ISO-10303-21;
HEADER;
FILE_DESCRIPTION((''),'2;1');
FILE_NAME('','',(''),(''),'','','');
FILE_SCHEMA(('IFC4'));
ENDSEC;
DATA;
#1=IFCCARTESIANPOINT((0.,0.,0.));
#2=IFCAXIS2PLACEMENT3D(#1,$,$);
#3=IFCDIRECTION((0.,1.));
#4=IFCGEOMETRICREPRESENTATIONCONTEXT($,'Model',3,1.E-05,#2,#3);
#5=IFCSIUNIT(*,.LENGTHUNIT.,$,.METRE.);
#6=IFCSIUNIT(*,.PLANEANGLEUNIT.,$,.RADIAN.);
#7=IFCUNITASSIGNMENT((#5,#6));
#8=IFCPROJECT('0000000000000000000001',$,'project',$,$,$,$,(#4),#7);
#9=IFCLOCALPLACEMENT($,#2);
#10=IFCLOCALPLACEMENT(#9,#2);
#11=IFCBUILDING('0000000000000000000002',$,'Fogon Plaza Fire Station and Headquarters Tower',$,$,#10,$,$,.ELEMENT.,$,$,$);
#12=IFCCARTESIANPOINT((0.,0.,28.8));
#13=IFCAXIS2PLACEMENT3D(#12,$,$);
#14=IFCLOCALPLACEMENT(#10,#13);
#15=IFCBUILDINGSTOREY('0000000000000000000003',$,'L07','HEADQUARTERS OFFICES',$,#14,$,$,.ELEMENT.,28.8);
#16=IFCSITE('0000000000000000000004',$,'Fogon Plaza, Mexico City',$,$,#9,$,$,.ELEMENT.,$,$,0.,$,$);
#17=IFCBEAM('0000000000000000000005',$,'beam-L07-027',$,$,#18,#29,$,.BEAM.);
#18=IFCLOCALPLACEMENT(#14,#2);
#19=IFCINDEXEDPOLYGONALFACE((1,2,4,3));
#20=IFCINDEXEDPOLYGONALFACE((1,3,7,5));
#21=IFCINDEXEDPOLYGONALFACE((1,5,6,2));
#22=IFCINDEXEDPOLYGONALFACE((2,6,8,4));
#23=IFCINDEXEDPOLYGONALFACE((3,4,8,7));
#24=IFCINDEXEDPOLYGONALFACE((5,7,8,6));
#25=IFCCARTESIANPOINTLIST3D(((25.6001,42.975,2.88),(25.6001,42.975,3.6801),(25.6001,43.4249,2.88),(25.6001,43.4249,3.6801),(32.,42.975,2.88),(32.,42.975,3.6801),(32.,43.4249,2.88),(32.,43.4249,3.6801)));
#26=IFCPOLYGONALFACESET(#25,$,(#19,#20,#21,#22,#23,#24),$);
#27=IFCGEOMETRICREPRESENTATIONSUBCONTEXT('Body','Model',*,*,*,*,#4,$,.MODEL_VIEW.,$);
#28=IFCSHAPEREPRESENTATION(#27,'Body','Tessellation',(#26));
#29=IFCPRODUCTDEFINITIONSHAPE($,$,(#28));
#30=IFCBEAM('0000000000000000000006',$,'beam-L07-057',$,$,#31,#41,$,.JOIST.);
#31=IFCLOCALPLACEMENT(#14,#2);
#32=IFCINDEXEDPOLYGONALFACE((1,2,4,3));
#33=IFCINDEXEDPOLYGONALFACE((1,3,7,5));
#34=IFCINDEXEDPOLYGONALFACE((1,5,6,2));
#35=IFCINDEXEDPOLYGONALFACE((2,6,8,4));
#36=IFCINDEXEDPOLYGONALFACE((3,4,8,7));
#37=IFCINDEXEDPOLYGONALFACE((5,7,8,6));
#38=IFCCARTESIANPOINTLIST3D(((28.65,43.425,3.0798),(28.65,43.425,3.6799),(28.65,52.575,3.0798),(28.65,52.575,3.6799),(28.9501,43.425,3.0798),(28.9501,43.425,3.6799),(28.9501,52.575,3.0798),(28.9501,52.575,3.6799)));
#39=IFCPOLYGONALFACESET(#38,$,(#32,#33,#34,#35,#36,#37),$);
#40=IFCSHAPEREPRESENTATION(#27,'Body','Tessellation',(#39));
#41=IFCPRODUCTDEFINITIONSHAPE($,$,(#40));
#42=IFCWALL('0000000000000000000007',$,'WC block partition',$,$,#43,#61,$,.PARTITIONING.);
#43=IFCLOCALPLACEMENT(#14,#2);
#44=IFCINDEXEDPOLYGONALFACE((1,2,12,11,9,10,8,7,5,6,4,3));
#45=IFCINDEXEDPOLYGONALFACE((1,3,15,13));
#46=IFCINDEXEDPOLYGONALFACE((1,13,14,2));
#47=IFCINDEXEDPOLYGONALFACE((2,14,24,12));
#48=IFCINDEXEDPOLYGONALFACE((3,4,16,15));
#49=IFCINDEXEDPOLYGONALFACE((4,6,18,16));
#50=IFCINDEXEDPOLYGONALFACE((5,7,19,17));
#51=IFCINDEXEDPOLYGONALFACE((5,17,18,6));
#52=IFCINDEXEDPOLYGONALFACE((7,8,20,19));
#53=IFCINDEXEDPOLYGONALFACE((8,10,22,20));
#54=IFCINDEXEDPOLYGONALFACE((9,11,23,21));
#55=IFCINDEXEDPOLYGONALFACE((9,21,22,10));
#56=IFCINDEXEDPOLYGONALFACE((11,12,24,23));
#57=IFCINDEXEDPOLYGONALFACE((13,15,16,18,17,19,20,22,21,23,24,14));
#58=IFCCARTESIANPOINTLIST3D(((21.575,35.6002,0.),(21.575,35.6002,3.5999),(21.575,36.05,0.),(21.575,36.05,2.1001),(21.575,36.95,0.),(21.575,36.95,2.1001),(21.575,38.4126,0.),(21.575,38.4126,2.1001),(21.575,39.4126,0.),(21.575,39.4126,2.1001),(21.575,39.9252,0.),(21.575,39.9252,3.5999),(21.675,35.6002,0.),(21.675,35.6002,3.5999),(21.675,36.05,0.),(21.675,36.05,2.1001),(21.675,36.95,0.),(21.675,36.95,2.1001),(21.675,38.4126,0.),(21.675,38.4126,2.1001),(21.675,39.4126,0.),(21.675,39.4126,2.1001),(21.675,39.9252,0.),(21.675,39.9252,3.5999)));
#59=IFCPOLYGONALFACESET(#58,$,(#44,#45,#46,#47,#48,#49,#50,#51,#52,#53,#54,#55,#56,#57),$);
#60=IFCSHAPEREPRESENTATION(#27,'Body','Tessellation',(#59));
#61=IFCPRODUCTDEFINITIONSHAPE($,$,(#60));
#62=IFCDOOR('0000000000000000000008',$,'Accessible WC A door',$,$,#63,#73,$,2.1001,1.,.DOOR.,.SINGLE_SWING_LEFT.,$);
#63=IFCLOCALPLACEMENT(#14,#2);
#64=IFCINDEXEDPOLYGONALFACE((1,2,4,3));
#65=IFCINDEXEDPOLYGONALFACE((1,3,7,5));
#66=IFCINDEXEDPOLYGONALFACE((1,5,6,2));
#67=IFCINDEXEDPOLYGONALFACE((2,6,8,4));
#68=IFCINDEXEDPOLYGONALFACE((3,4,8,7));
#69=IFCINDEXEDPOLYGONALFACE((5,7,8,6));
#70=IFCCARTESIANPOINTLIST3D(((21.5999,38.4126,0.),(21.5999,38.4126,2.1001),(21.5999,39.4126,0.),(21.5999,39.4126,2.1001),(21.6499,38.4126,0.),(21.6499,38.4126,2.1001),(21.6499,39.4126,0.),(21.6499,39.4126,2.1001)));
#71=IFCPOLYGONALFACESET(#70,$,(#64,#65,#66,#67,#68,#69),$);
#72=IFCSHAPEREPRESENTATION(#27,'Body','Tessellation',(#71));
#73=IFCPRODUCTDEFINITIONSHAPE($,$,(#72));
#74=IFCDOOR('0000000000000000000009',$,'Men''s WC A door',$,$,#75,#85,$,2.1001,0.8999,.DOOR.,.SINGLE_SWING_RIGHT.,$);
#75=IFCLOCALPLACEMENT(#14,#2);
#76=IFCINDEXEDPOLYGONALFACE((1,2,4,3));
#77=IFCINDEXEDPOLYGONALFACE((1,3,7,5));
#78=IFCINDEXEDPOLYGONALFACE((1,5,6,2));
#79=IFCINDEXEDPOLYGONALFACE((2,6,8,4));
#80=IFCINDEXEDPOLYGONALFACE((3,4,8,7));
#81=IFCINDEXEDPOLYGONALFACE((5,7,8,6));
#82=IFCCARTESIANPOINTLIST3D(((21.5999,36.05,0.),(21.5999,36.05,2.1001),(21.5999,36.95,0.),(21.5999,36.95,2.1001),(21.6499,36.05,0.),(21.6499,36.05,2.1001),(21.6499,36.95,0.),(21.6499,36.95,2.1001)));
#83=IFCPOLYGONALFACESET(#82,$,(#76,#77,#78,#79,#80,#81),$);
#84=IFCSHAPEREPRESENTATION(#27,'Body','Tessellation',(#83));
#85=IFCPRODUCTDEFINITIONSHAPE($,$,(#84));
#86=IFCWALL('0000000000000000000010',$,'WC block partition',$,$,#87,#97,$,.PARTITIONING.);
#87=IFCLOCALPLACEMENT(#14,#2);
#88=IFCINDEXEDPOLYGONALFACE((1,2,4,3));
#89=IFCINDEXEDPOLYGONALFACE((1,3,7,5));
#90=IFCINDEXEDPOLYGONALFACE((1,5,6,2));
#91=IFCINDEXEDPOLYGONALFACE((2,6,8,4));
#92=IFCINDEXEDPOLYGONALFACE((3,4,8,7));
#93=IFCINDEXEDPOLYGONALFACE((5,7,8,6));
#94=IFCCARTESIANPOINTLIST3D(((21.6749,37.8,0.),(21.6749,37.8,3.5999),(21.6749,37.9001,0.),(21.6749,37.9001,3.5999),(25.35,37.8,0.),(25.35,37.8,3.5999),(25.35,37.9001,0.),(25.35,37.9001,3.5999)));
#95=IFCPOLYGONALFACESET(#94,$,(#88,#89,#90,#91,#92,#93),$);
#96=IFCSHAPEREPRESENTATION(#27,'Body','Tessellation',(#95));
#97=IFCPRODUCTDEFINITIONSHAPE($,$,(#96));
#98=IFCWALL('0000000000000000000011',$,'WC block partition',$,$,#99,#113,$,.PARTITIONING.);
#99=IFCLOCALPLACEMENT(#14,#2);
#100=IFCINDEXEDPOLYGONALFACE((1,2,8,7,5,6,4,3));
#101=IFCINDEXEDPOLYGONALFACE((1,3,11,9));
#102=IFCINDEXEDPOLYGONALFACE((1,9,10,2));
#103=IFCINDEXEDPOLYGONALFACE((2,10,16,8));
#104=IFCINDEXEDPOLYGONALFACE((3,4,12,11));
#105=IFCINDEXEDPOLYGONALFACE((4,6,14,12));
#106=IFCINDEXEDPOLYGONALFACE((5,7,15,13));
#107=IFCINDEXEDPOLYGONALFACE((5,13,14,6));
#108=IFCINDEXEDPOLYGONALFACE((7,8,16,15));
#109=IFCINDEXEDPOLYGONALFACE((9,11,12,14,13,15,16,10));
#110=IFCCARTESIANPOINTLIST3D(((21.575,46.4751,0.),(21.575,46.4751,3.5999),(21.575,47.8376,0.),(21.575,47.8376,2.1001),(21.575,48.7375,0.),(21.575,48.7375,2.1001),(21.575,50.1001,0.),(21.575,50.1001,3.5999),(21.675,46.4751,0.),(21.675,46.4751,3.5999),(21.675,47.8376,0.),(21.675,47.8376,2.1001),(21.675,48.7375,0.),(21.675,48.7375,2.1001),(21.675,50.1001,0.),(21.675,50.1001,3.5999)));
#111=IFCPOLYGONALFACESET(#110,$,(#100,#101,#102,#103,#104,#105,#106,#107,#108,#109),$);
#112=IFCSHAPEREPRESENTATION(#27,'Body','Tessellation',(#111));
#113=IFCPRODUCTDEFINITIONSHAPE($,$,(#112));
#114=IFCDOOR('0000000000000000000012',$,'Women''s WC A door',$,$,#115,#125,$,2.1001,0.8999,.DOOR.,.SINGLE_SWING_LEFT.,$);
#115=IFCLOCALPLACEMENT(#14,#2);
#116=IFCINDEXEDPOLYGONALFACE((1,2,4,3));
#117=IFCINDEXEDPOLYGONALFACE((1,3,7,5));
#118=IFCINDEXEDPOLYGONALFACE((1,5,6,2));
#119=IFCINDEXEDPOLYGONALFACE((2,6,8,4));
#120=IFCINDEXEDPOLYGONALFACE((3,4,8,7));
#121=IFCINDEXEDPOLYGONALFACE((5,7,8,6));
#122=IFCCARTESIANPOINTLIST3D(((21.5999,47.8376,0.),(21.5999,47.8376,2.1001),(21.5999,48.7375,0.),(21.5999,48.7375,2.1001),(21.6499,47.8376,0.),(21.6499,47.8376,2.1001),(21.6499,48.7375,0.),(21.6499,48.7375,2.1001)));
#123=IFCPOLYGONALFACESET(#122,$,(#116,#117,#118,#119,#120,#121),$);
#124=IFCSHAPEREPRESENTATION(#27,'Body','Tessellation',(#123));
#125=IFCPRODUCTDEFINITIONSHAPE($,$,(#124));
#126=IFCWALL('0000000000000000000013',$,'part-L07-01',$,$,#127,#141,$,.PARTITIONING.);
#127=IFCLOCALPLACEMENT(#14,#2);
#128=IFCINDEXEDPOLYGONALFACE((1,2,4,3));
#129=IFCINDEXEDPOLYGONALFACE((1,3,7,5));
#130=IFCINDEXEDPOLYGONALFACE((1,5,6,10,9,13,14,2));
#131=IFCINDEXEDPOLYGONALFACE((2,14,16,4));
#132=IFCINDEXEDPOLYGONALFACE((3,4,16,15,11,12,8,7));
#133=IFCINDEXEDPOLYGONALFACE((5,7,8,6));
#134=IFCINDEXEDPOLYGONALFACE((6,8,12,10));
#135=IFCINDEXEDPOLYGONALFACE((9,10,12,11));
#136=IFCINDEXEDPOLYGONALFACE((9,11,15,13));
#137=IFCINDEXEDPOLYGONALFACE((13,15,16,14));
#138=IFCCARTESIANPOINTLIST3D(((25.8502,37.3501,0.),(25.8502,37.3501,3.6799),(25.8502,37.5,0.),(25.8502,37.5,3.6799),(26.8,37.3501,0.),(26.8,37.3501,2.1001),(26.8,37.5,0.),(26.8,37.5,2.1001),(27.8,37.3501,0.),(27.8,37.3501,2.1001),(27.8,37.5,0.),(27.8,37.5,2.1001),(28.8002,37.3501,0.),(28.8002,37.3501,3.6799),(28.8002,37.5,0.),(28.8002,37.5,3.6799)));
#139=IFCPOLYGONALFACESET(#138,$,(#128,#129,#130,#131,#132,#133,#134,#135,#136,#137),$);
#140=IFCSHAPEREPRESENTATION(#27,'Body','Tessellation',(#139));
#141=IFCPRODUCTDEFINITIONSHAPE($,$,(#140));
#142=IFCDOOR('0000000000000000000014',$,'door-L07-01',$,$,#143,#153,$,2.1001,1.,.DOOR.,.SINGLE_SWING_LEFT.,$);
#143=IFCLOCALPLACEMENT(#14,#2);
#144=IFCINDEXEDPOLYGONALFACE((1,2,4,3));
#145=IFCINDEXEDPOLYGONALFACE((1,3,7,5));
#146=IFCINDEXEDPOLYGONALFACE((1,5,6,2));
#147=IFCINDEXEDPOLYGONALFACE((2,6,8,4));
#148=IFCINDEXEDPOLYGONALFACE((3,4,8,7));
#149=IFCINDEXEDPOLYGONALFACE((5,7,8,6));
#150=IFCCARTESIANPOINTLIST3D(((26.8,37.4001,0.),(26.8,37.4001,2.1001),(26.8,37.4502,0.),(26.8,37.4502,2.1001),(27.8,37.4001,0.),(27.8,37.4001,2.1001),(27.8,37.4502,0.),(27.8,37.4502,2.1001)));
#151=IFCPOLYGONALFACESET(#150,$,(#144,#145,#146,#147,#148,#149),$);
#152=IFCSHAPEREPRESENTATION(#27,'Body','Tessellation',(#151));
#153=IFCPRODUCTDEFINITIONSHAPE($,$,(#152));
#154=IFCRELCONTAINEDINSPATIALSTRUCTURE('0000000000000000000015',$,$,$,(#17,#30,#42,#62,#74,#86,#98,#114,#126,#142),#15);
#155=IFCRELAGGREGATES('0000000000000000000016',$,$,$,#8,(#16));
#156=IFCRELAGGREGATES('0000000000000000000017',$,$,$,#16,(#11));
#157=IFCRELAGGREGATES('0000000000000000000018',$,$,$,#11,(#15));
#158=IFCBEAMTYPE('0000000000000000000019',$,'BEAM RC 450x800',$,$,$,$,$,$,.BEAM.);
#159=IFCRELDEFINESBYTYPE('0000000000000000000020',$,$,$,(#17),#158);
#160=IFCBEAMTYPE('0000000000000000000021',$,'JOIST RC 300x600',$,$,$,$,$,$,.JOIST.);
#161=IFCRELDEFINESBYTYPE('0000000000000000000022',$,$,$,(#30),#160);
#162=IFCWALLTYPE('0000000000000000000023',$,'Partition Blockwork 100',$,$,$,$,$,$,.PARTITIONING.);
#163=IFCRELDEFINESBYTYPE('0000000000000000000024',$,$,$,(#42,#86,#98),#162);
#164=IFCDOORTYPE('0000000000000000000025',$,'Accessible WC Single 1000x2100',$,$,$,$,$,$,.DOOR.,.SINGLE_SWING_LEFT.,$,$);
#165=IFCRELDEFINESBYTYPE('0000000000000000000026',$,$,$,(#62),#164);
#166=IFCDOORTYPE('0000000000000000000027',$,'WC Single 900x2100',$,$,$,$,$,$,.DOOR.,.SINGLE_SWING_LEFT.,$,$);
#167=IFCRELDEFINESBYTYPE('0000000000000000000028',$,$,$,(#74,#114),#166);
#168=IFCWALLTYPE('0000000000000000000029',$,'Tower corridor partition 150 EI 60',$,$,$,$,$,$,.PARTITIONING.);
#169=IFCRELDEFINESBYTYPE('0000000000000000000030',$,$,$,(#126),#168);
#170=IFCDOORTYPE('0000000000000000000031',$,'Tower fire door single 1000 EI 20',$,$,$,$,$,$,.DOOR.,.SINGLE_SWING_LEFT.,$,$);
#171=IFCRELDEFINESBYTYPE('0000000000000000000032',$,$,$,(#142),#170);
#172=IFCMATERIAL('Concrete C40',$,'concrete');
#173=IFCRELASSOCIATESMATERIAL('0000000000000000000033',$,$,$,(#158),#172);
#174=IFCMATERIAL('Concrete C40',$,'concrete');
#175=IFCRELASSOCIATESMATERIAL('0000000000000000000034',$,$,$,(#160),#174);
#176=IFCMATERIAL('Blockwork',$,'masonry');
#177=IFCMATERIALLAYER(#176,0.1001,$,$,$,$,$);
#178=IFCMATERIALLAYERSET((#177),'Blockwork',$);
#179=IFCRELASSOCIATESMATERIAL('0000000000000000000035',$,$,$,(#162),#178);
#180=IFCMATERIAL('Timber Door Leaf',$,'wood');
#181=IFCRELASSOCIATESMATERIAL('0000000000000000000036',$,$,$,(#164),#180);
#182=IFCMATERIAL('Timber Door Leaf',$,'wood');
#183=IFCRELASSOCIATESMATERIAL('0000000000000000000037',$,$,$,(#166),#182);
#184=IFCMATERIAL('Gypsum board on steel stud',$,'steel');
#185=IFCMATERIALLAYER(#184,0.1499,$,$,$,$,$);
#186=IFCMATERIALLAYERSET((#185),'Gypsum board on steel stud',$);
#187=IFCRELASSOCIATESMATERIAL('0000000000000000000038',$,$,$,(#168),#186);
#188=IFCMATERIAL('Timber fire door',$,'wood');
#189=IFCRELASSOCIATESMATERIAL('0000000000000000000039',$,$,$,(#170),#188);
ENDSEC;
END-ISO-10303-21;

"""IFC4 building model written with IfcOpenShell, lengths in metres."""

from ifc_helpers import new_model, si_unit, direction, frame, frame_2d, origin, origin_2d, place, context, subcontext, project, spatial, rectangle, extrude, material, layer, layer_set, material_profile, profile_set, type_object, element, fill, save


model = new_model("IFC4")

# Units and contexts
model_context = context("Model", 3, precision=1e-05, world=origin(), true_north=direction((0.0, 1.0)))
body_context = subcontext(model_context, "Body", "Model", "MODEL_VIEW")
ifc_project = project(units=[si_unit("LENGTHUNIT", "METRE"), si_unit("PLANEANGLEUNIT", "RADIAN")], contexts=[model_context])

# Site, building, storey
site_placement = place(None, origin())
site = spatial("IfcSite", under=ifc_project, at=site_placement, Name="Fogon Plaza, Mexico City", CompositionType="ELEMENT", RefElevation=0.0)
building_placement = place(site_placement, origin())
building = spatial("IfcBuilding", under=site, at=building_placement, Name="Fogon Plaza Fire Station and Headquarters Tower", CompositionType="ELEMENT")
storey_placement = place(building_placement, frame((0.0, 0.0, 28.8)))
storey = spatial("IfcBuildingStorey", under=building, at=storey_placement, Name="L07", Description="HEADQUARTERS OFFICES", CompositionType="ELEMENT", Elevation=28.8)

# Beams
ifc_material_1 = material(Name="Concrete C40", Category="concrete")
ifc_material_profile_1 = material_profile(ifc_material_1, rectangle(XDim=0.45, YDim=0.8, at=origin_2d()), Name="RC 450x800")
ifc_profile_set_1 = profile_set([ifc_material_profile_1], Name="Concrete C40")
beam_type_1 = type_object("IfcBeamType", Name="BEAM RC 450x800", PredefinedType="BEAM", material=ifc_profile_set_1)
beam_1_placement = place(storey_placement, frame((25.6001, 43.2, 3.28), z_axis=(1.0, 0.0, 0.0), x_axis=(0.0, 1.0, 0.0)))
element("IfcBeam", 1, at=beam_1_placement, inside=storey, type_object=beam_type_1, Name="beam-L07-027", PredefinedType="BEAM", context=body_context, shape_type="SweptSolid", body=[
    extrude(rectangle(XDim=0.45, YDim=0.8, at=origin_2d()), origin(), (0.0, 0.0, 1.0), 6.3999),
])
ifc_material_2 = material(Name="Concrete C40", Category="concrete")
ifc_material_profile_2 = material_profile(ifc_material_2, rectangle(XDim=0.3, YDim=0.6001, at=origin_2d()), Name="RC 300x600")
ifc_profile_set_2 = profile_set([ifc_material_profile_2], Name="Concrete C40")
beam_type_2 = type_object("IfcBeamType", Name="JOIST RC 300x600", PredefinedType="JOIST", material=ifc_profile_set_2)
beam_2_placement = place(storey_placement, frame((28.8, 43.425, 3.3799), z_axis=(0.0, 1.0, 0.0), x_axis=(-1.0, 0.0, 0.0)))
element("IfcBeam", 2, at=beam_2_placement, inside=storey, type_object=beam_type_2, Name="beam-L07-057", PredefinedType="JOIST", context=body_context, shape_type="SweptSolid", body=[
    extrude(rectangle(XDim=0.3, YDim=0.6001, at=origin_2d()), origin(), (0.0, 0.0, 1.0), 9.1499),
])

# Wall, openings, doors
ifc_material_3 = material(Name="Blockwork", Category="masonry")
ifc_layer_1 = layer(ifc_material_3, 0.1001)
ifc_layer_set_1 = layer_set([ifc_layer_1], Name="Blockwork")
wall_type_1 = type_object("IfcWallType", Name="Partition Blockwork 100", PredefinedType="PARTITIONING", material=ifc_layer_set_1)
wall_1_placement = place(storey_placement, frame((21.625, 35.6001, 0.0), z_axis=(0.0, 0.0, 1.0), x_axis=(0.0, 1.0, 0.0)))
wall_1 = element("IfcWall", 3, at=wall_1_placement, inside=storey, type_object=wall_type_1, Name="WC block partition", PredefinedType="PARTITIONING", context=body_context, shape_type="SweptSolid", body=[
    extrude(rectangle(XDim=4.325, YDim=0.1001, at=frame_2d((2.1626, 0.0))), origin(), (0.0, 0.0, 1.0), 3.5999),
])
opening_1_placement = place(wall_1_placement, frame((0.45, 0.0, 0.0)))
opening_1 = element("IfcOpeningElement", 4, at=opening_1_placement, cuts=wall_1, PredefinedType="OPENING", context=body_context, shape_type="SweptSolid", body=[
    extrude(rectangle(XDim=0.8999, YDim=2.1001, at=frame_2d((0.45, 1.05))), frame((0.0, 0.0601, 0.0), z_axis=(0.0, -1.0, 0.0), x_axis=(1.0, 0.0, 0.0)), (0.0, 0.0, 1.0), 0.1201),
])
opening_2_placement = place(wall_1_placement, frame((2.8125, 0.0, 0.0)))
opening_2 = element("IfcOpeningElement", 5, at=opening_2_placement, cuts=wall_1, PredefinedType="OPENING", context=body_context, shape_type="SweptSolid", body=[
    extrude(rectangle(XDim=1.0, YDim=2.1001, at=frame_2d((0.5, 1.05))), frame((0.0, 0.0601, 0.0), z_axis=(0.0, -1.0, 0.0), x_axis=(1.0, 0.0, 0.0)), (0.0, 0.0, 1.0), 0.1201),
])
ifc_material_4 = material(Name="Timber Door Leaf", Category="wood")
door_type_1 = type_object("IfcDoorType", Name="Accessible WC Single 1000x2100", OperationType="SINGLE_SWING_LEFT", PredefinedType="DOOR", material=ifc_material_4)
door_1_placement = place(opening_2_placement, frame((1.0, 0.0, 0.0), z_axis=(0.0, 0.0, 1.0), x_axis=(-1.0, 0.0, 0.0)))
door_1 = element("IfcDoor", 6, at=door_1_placement, inside=storey, type_object=door_type_1, Name="Accessible WC A door", OperationType="SINGLE_SWING_LEFT", OverallHeight=2.1001, OverallWidth=1.0, PredefinedType="DOOR", context=body_context, shape_type="SweptSolid", body=[
    extrude(rectangle(XDim=1.0, YDim=2.1001, at=frame_2d((0.5, 1.05))), frame((0.0, 0.0249, 0.0), z_axis=(0.0, -1.0, 0.0), x_axis=(1.0, 0.0, 0.0)), (0.0, 0.0, 1.0), 0.05),
])
fill(opening_2, door_1)
ifc_material_5 = material(Name="Timber Door Leaf", Category="wood")
door_type_2 = type_object("IfcDoorType", Name="WC Single 900x2100", OperationType="SINGLE_SWING_LEFT", PredefinedType="DOOR", material=ifc_material_5)
door_2_placement = place(opening_1_placement, frame((0.8999, 0.0, 0.0), z_axis=(0.0, 0.0, 1.0), x_axis=(-1.0, 0.0, 0.0)))
door_2 = element("IfcDoor", 7, at=door_2_placement, inside=storey, type_object=door_type_2, Name="Men's WC A door", OperationType="SINGLE_SWING_RIGHT", OverallHeight=2.1001, OverallWidth=0.8999, PredefinedType="DOOR", context=body_context, shape_type="SweptSolid", body=[
    extrude(rectangle(XDim=0.8999, YDim=2.1001, at=frame_2d((0.45, 1.05))), frame((0.0, 0.0249, 0.0), z_axis=(0.0, -1.0, 0.0), x_axis=(1.0, 0.0, 0.0)), (0.0, 0.0, 1.0), 0.05),
])
fill(opening_1, door_2)

# Wall
wall_2_placement = place(storey_placement, frame((21.675, 37.8501, 0.0), z_axis=(0.0, 0.0, 1.0), x_axis=(1.0, 0.0, 0.0)))
element("IfcWall", 8, at=wall_2_placement, inside=storey, type_object=wall_type_1, Name="WC block partition", PredefinedType="PARTITIONING", context=body_context, shape_type="SweptSolid", body=[
    extrude(rectangle(XDim=3.675, YDim=0.1001, at=frame_2d((1.8374, 0.0))), origin(), (0.0, 0.0, 1.0), 3.5999),
])

# Walls, openings, doors
wall_3_placement = place(storey_placement, frame((21.625, 46.4751, 0.0), z_axis=(0.0, 0.0, 1.0), x_axis=(0.0, 1.0, 0.0)))
wall_3 = element("IfcWall", 9, at=wall_3_placement, inside=storey, type_object=wall_type_1, Name="WC block partition", PredefinedType="PARTITIONING", context=body_context, shape_type="SweptSolid", body=[
    extrude(rectangle(XDim=3.625, YDim=0.1001, at=frame_2d((1.8125, 0.0))), origin(), (0.0, 0.0, 1.0), 3.5999),
])
opening_3_placement = place(wall_3_placement, frame((1.3625, 0.0, 0.0)))
opening_3 = element("IfcOpeningElement", 10, at=opening_3_placement, cuts=wall_3, PredefinedType="OPENING", context=body_context, shape_type="SweptSolid", body=[
    extrude(rectangle(XDim=0.8999, YDim=2.1001, at=frame_2d((0.45, 1.05))), frame((0.0, 0.0601, 0.0), z_axis=(0.0, -1.0, 0.0), x_axis=(1.0, 0.0, 0.0)), (0.0, 0.0, 1.0), 0.1201),
])
door_3_placement = place(opening_3_placement, frame((0.8999, 0.0, 0.0), z_axis=(0.0, 0.0, 1.0), x_axis=(-1.0, 0.0, 0.0)))
door_3 = element("IfcDoor", 11, at=door_3_placement, inside=storey, type_object=door_type_2, Name="Women's WC A door", OperationType="SINGLE_SWING_LEFT", OverallHeight=2.1001, OverallWidth=0.8999, PredefinedType="DOOR", context=body_context, shape_type="SweptSolid", body=[
    extrude(rectangle(XDim=0.8999, YDim=2.1001, at=frame_2d((0.45, 1.05))), frame((0.0, 0.0249, 0.0), z_axis=(0.0, -1.0, 0.0), x_axis=(1.0, 0.0, 0.0)), (0.0, 0.0, 1.0), 0.05),
])
fill(opening_3, door_3)
ifc_material_6 = material(Name="Gypsum board on steel stud", Category="steel")
ifc_layer_2 = layer(ifc_material_6, 0.1499)
ifc_layer_set_2 = layer_set([ifc_layer_2], Name="Gypsum board on steel stud")
wall_type_2 = type_object("IfcWallType", Name="Tower corridor partition 150 EI 60", PredefinedType="PARTITIONING", material=ifc_layer_set_2)
wall_4_placement = place(storey_placement, frame((25.8501, 37.425, 0.0), z_axis=(0.0, 0.0, 1.0), x_axis=(1.0, 0.0, 0.0)))
wall_4 = element("IfcWall", 12, at=wall_4_placement, inside=storey, type_object=wall_type_2, Name="part-L07-01", PredefinedType="PARTITIONING", context=body_context, shape_type="SweptSolid", body=[
    extrude(rectangle(XDim=2.95, YDim=0.1499, at=frame_2d((1.4751, 0.0))), origin(), (0.0, 0.0, 1.0), 3.6799),
])
opening_4_placement = place(wall_4_placement, frame((0.95, 0.0, 0.0)))
opening_4 = element("IfcOpeningElement", 13, at=opening_4_placement, cuts=wall_4, PredefinedType="OPENING", context=body_context, shape_type="SweptSolid", body=[
    extrude(rectangle(XDim=1.0, YDim=2.1001, at=frame_2d((0.5, 1.05))), frame((0.0, 0.085, 0.0), z_axis=(0.0, -1.0, 0.0), x_axis=(1.0, 0.0, 0.0)), (0.0, 0.0, 1.0), 0.1699),
])
ifc_material_7 = material(Name="Timber fire door", Category="wood")
door_type_3 = type_object("IfcDoorType", Name="Tower fire door single 1000 EI 20", OperationType="SINGLE_SWING_LEFT", PredefinedType="DOOR", material=ifc_material_7)
door_4_placement = place(opening_4_placement, frame((1.0, 0.0, 0.0), z_axis=(0.0, 0.0, 1.0), x_axis=(-1.0, 0.0, 0.0)))
door_4 = element("IfcDoor", 14, at=door_4_placement, inside=storey, type_object=door_type_3, Name="door-L07-01", OperationType="SINGLE_SWING_LEFT", OverallHeight=2.1001, OverallWidth=1.0, PredefinedType="DOOR", context=body_context, shape_type="SweptSolid", body=[
    extrude(rectangle(XDim=1.0, YDim=2.1001, at=frame_2d((0.5, 1.05))), frame((0.0, 0.0249, 0.0), z_axis=(0.0, -1.0, 0.0), x_axis=(1.0, 0.0, 0.0)), (0.0, 0.0, 1.0), 0.05),
])
fill(opening_4, door_4)

save(model, "model.ifc")
